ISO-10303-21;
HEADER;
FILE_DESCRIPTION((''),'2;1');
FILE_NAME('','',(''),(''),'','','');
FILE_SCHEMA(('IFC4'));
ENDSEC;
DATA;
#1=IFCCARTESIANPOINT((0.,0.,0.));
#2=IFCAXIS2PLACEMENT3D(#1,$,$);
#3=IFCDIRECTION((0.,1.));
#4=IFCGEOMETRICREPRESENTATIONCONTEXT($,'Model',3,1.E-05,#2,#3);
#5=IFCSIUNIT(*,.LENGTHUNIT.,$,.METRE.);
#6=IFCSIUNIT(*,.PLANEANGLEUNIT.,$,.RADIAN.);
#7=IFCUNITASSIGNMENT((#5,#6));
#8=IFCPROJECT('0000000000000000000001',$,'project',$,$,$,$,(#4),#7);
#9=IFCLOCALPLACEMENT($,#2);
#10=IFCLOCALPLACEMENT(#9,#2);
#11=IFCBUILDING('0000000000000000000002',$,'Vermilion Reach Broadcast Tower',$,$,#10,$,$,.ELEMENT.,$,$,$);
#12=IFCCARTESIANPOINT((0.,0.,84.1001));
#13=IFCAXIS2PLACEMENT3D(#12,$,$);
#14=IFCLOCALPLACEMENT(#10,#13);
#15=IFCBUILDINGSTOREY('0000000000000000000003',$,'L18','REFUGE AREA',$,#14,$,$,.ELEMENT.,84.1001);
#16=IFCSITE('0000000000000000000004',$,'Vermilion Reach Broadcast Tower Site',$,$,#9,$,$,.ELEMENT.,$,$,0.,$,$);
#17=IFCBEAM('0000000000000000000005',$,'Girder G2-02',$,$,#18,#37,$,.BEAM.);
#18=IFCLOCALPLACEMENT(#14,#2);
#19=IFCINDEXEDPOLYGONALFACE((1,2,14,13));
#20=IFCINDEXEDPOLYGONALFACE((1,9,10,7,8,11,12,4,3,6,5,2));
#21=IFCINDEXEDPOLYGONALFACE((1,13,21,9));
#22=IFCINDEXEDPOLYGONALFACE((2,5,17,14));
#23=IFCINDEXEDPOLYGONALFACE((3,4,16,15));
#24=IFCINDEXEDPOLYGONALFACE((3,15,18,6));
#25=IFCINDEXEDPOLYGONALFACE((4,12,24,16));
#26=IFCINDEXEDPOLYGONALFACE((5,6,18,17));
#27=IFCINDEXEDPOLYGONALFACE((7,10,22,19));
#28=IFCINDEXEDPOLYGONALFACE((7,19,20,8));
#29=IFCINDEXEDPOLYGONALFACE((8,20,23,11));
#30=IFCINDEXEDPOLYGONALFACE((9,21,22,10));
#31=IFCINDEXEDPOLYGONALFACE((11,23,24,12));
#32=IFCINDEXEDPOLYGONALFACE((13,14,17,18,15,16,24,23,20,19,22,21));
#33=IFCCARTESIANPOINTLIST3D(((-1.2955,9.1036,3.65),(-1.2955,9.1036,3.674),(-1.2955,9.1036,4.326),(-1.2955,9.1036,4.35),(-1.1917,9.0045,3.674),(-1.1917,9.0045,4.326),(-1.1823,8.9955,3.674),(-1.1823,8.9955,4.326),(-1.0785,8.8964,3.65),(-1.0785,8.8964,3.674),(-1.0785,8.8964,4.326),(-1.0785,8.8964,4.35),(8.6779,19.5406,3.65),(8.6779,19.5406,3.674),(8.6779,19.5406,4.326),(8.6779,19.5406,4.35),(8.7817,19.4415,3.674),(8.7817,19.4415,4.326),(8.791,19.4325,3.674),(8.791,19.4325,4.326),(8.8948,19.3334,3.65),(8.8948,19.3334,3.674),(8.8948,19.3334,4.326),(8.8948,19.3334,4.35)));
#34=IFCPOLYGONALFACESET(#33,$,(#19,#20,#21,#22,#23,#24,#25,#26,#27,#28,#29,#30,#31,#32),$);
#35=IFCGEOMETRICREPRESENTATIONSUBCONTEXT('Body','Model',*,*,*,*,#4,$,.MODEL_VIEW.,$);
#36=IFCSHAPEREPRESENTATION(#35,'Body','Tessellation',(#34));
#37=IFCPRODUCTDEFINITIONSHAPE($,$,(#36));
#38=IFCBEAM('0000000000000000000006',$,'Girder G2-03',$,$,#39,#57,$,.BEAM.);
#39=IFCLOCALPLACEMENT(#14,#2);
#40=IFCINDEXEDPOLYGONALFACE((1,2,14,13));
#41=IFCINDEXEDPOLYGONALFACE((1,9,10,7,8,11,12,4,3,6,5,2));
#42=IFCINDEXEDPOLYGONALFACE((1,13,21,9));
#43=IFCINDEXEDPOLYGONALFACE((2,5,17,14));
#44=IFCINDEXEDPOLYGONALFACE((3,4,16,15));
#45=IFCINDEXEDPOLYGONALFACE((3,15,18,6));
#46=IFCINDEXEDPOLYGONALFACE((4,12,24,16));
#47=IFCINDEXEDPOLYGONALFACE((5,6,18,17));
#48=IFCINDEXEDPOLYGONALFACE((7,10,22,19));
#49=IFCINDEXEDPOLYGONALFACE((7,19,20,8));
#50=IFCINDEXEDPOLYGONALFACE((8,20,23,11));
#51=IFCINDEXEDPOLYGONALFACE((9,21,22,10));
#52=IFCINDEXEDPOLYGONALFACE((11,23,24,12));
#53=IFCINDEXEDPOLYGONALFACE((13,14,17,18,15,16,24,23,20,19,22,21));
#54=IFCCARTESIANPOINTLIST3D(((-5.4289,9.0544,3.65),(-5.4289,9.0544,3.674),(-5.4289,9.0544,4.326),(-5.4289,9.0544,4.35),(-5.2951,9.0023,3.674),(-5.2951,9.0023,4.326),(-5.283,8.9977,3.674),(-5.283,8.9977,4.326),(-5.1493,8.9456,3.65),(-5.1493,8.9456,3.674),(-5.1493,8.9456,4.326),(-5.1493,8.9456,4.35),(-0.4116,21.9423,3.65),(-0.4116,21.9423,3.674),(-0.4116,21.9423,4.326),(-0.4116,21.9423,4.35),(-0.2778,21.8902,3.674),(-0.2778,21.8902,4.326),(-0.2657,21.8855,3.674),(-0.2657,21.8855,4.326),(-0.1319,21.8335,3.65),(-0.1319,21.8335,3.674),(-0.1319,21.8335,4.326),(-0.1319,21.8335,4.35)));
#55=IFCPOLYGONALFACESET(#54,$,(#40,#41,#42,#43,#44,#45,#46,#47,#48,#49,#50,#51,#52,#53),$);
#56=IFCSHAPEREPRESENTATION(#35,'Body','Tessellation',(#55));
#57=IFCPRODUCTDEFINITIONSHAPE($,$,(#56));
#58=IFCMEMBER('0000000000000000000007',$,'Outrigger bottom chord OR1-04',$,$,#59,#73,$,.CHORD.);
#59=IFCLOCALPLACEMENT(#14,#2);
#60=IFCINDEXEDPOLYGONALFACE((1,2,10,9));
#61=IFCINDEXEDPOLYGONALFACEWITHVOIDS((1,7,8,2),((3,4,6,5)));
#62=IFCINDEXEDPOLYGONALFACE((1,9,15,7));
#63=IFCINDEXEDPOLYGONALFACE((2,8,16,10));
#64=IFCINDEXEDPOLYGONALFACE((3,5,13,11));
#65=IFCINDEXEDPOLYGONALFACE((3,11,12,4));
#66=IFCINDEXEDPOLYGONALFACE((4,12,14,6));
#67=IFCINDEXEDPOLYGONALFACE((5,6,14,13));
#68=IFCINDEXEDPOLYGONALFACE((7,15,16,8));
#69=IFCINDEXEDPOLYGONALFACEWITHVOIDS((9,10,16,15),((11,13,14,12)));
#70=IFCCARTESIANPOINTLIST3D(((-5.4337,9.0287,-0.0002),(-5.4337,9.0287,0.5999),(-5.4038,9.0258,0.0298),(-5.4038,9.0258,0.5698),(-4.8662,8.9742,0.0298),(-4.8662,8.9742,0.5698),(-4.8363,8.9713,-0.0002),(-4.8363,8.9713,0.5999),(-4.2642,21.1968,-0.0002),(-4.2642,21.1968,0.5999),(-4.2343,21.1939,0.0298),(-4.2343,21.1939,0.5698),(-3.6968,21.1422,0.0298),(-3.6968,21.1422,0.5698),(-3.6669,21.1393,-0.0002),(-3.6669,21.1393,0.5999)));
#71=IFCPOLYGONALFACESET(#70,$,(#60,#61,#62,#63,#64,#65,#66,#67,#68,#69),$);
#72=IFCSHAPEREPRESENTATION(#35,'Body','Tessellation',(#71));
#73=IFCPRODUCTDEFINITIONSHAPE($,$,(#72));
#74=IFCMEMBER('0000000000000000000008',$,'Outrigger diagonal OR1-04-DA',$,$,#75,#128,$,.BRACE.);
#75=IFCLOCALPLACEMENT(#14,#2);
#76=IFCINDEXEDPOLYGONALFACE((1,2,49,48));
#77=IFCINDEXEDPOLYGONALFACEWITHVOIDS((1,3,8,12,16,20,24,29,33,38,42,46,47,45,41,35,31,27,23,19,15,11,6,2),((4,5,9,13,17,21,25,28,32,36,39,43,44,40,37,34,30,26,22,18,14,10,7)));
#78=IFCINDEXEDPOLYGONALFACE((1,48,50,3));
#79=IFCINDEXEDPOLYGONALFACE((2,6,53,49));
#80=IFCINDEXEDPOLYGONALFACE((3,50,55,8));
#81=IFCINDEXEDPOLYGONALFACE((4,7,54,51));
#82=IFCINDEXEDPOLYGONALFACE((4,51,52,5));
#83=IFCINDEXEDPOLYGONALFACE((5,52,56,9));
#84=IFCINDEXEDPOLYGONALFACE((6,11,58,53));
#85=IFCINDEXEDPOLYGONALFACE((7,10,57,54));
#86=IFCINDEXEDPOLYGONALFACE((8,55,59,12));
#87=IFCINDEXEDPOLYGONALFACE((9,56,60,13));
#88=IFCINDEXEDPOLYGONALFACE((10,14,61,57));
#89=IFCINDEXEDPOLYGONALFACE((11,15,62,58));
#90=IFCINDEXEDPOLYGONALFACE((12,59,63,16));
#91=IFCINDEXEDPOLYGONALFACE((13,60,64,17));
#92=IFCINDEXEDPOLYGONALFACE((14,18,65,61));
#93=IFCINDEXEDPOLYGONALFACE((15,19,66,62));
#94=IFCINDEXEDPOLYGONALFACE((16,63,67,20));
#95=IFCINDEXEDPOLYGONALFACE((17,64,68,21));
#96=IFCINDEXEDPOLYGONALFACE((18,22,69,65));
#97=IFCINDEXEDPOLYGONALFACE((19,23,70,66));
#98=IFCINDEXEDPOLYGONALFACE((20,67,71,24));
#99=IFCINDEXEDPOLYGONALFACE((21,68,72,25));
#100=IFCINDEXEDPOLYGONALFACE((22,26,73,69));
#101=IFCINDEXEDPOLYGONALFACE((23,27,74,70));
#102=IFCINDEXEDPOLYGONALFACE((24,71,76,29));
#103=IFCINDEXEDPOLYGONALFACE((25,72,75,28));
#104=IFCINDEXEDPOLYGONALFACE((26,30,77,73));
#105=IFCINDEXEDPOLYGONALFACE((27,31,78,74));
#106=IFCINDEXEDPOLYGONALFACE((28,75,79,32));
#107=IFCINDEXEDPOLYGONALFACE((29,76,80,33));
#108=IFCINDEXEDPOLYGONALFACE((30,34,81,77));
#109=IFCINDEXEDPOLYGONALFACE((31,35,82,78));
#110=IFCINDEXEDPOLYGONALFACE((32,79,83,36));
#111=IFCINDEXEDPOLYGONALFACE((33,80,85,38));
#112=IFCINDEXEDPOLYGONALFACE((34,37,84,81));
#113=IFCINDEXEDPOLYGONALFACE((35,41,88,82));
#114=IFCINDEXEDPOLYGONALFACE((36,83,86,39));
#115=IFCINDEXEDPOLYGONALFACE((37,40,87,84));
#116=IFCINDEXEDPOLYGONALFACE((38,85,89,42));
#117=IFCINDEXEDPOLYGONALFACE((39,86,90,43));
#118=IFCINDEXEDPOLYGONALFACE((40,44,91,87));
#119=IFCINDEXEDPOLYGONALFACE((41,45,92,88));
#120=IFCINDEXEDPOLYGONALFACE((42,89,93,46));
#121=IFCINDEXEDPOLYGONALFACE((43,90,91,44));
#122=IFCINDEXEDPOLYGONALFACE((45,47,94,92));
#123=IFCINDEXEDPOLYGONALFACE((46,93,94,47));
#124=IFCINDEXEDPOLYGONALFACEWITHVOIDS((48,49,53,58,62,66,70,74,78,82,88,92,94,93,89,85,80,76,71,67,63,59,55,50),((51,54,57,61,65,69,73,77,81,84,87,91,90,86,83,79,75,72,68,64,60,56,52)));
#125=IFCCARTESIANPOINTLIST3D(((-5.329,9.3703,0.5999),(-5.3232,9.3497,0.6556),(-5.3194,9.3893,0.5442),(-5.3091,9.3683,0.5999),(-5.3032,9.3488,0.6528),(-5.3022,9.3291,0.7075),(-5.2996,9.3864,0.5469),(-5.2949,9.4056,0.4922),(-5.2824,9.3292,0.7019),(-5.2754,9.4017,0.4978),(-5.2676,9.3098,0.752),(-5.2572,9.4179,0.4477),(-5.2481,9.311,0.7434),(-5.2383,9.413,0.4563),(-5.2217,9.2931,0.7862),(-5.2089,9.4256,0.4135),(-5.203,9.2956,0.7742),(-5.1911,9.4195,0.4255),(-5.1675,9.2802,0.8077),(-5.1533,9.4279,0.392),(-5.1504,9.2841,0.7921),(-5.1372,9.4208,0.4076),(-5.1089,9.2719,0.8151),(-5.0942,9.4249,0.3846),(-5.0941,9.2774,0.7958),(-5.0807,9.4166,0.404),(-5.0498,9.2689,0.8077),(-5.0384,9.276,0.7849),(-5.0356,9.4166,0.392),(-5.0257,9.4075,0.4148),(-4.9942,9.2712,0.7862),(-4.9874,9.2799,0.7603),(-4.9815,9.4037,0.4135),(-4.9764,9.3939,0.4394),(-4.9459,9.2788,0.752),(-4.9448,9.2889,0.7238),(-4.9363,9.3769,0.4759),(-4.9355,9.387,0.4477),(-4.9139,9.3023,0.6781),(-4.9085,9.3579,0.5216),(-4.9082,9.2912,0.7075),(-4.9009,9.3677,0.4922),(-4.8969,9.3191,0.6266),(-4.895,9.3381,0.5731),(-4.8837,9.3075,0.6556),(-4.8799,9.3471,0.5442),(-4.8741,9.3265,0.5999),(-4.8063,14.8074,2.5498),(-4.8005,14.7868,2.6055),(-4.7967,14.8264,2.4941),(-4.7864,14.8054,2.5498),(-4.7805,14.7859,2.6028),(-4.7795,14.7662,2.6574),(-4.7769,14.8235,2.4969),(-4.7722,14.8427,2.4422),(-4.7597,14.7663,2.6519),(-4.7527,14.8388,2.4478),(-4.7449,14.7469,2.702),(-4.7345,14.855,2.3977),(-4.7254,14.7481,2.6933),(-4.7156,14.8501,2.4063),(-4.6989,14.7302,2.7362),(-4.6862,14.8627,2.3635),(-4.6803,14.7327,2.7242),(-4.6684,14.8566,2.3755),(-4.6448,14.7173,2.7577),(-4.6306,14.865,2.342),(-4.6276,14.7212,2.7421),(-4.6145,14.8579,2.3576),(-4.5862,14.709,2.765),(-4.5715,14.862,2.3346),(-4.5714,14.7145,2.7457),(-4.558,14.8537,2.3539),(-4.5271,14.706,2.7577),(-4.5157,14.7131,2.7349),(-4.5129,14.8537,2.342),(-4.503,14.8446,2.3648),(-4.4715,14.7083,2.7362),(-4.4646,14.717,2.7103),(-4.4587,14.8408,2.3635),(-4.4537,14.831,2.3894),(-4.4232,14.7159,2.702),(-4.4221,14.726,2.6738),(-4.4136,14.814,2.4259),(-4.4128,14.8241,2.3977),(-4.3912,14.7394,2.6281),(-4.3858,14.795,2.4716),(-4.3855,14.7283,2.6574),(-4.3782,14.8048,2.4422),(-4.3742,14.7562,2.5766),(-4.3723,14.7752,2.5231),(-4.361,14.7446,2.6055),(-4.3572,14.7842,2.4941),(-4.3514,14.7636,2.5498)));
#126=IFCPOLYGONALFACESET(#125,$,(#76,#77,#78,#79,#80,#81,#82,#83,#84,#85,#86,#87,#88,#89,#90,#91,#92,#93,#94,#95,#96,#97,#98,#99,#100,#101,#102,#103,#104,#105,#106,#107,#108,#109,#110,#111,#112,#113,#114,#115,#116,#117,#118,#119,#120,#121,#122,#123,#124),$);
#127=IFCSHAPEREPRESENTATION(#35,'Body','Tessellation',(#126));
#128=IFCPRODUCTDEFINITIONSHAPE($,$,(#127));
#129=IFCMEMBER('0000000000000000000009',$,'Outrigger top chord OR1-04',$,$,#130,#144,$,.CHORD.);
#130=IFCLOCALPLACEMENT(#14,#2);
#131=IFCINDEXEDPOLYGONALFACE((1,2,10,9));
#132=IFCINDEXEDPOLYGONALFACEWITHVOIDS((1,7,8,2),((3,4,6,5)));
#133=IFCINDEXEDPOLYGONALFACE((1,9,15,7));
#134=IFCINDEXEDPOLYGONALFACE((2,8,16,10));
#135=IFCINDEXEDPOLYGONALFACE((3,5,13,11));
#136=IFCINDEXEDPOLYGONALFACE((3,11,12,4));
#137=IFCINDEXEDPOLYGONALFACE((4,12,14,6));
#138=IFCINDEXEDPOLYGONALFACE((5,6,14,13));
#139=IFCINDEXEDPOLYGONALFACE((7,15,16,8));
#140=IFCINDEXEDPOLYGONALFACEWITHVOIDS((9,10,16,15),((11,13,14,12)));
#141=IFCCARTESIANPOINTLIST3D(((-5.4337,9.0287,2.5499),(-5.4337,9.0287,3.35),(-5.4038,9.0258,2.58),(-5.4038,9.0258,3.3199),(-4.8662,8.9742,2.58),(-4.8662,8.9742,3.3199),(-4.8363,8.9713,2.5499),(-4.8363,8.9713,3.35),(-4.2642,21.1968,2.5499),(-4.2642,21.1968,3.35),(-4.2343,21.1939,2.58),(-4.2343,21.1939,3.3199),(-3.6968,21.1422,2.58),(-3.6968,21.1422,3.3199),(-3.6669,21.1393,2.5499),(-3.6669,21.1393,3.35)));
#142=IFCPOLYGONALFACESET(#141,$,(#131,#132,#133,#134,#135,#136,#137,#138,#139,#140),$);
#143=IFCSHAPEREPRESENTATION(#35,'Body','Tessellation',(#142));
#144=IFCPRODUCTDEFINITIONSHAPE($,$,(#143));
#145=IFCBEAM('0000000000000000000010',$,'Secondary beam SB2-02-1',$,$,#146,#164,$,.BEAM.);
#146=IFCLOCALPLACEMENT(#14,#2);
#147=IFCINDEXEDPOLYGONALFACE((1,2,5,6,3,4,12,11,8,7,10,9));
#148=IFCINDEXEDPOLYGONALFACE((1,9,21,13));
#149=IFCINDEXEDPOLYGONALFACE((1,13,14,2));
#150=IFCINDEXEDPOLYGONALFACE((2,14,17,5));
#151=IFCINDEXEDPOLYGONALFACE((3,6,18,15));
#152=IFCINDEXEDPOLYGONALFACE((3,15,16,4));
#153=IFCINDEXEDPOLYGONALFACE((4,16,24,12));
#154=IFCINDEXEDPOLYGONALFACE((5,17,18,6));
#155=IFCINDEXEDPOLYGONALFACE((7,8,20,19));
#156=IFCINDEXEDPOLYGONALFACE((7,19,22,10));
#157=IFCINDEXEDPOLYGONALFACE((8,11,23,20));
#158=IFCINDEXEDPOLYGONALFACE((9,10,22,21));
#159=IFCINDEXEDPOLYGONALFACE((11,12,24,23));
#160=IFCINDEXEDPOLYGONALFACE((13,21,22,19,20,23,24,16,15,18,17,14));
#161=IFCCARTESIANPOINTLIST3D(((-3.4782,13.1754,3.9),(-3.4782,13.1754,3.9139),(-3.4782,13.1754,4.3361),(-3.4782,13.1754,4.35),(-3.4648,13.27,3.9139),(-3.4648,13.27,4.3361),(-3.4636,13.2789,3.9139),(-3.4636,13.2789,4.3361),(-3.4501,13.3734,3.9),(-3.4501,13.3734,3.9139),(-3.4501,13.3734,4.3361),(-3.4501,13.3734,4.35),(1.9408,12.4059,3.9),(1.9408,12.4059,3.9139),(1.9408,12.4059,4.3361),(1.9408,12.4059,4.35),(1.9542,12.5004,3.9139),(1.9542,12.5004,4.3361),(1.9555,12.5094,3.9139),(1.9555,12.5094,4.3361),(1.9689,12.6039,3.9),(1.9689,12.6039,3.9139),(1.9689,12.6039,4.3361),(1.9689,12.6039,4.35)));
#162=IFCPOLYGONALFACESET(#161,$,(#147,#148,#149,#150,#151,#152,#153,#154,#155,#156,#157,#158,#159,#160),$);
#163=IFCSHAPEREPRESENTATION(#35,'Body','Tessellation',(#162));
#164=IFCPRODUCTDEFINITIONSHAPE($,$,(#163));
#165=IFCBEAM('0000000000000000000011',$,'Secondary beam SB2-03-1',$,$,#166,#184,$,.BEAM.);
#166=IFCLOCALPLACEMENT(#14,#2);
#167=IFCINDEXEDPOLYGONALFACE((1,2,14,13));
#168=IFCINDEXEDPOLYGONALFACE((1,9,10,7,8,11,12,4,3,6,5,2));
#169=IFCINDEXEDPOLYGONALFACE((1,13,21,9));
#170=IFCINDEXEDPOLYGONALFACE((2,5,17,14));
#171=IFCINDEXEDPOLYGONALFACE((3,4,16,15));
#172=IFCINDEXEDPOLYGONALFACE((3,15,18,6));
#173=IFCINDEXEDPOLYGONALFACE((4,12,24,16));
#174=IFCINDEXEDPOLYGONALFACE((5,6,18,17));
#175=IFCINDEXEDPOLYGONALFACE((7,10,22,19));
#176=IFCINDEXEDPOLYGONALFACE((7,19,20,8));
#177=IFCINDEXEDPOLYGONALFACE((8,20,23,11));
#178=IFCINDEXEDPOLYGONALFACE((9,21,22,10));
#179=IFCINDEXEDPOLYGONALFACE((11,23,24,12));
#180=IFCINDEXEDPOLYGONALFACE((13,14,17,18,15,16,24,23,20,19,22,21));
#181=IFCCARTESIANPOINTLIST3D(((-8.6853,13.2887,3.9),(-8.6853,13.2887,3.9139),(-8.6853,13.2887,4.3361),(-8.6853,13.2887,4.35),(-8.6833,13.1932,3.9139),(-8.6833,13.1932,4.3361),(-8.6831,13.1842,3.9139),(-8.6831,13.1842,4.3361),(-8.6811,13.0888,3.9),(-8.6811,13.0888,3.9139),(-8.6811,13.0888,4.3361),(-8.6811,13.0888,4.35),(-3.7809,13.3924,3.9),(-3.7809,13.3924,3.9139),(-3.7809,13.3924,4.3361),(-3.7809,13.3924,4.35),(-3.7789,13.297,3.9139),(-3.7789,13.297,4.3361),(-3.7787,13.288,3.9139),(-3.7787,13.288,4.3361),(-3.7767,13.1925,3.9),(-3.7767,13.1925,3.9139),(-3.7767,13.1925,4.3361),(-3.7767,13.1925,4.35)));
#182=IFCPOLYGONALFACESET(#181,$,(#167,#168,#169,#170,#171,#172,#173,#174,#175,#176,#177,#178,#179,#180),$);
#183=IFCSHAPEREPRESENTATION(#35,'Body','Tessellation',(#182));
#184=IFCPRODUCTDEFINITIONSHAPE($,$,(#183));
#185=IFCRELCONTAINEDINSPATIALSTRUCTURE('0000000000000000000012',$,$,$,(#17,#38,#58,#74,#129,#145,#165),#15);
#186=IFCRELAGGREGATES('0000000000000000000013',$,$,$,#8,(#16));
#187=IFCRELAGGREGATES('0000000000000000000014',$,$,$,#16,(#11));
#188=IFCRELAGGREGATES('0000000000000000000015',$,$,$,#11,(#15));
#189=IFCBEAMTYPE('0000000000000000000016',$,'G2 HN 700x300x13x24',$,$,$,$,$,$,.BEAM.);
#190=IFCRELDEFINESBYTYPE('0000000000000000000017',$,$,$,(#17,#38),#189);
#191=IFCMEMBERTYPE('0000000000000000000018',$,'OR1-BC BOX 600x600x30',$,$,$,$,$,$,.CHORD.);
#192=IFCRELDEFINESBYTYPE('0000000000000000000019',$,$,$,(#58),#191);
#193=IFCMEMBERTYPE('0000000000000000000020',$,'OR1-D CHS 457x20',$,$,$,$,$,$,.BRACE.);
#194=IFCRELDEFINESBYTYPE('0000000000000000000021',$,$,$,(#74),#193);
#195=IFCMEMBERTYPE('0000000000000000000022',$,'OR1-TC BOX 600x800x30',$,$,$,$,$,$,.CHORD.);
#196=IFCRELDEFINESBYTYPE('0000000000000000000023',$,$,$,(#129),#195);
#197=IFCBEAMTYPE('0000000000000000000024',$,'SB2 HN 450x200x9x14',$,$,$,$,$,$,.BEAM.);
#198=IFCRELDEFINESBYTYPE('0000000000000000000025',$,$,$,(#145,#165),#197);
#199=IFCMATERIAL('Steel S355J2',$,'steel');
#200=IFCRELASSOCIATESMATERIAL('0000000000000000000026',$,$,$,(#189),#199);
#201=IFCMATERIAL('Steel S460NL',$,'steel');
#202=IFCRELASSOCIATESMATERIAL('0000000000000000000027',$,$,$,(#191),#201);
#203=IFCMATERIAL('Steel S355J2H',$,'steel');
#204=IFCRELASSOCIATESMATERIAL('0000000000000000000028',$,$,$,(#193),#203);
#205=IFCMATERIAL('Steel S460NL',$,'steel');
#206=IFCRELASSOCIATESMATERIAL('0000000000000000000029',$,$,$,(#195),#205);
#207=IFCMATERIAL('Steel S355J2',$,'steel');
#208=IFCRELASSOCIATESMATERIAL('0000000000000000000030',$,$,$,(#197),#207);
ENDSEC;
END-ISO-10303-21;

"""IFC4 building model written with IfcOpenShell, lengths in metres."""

from ifc_helpers import new_model, si_unit, direction, frame, origin, origin_2d, place, context, subcontext, project, spatial, hollow_rectangle, hollow_circle, i_section, extrude, material, material_profile, profile_set, type_object, element, save


model = new_model("IFC4")

# Units and contexts
model_context = context("Model", 3, precision=1e-05, world=origin(), true_north=direction((0.0, 1.0)))
body_context = subcontext(model_context, "Body", "Model", "MODEL_VIEW")
ifc_project = project(units=[si_unit("LENGTHUNIT", "METRE"), si_unit("PLANEANGLEUNIT", "RADIAN")], contexts=[model_context])

# Site, building, storey
site_placement = place(None, origin())
site = spatial("IfcSite", under=ifc_project, at=site_placement, Name="Vermilion Reach Broadcast Tower Site", CompositionType="ELEMENT", RefElevation=0.0)
building_placement = place(site_placement, origin())
building = spatial("IfcBuilding", under=site, at=building_placement, Name="Vermilion Reach Broadcast Tower", CompositionType="ELEMENT")
storey_placement = place(building_placement, frame((0.0, 0.0, 84.1001)))
storey = spatial("IfcBuildingStorey", under=building, at=storey_placement, Name="L18", Description="REFUGE AREA", CompositionType="ELEMENT", Elevation=84.1001)

# Beams
ifc_material_1 = material(Name="Steel S355J2", Category="steel")
ifc_material_profile_1 = material_profile(ifc_material_1, i_section(OverallWidth=0.3, OverallDepth=0.7, WebThickness=0.0129, FlangeThickness=0.0239, at=origin_2d()), Name="S355J2 HN 700x300x13x24")
ifc_profile_set_1 = profile_set([ifc_material_profile_1], Name="Steel S355J2")
beam_type_1 = type_object("IfcBeamType", Name="G2 HN 700x300x13x24", PredefinedType="BEAM", material=ifc_profile_set_1)
beam_1_placement = place(storey_placement, frame((-1.187, 9.0, 4.0), z_axis=(0.690867, 0.722982, 0.0), x_axis=(-0.722982, 0.690867, 0.0)))
element("IfcBeam", 1, at=beam_1_placement, inside=storey, type_object=beam_type_1, Name="Girder G2-02", PredefinedType="BEAM", context=body_context, shape_type="SweptSolid", body=[
    extrude(i_section(OverallWidth=0.3, OverallDepth=0.7, WebThickness=0.0129, FlangeThickness=0.0239, at=origin_2d()), origin(), (0.0, 0.0, 1.0), 14.436),
])
beam_2_placement = place(storey_placement, frame((-5.2891, 9.0, 4.0), z_axis=(0.362783, 0.931874, 0.0), x_axis=(-0.931874, 0.362783, 0.0)))
element("IfcBeam", 2, at=beam_2_placement, inside=storey, type_object=beam_type_1, Name="Girder G2-03", PredefinedType="BEAM", context=body_context, shape_type="SweptSolid", body=[
    extrude(i_section(OverallWidth=0.3, OverallDepth=0.7, WebThickness=0.0129, FlangeThickness=0.0239, at=origin_2d()), origin(), (0.0, 0.0, 1.0), 13.8301),
])

# Members
ifc_material_2 = material(Name="Steel S460NL", Category="steel")
ifc_material_profile_2 = material_profile(ifc_material_2, hollow_rectangle(XDim=0.6001, YDim=0.6001, WallThickness=0.03, at=origin_2d()), Name="S460NL BOX 600x600x30")
ifc_profile_set_2 = profile_set([ifc_material_profile_2], Name="Steel S460NL")
member_type_1 = type_object("IfcMemberType", Name="OR1-BC BOX 600x600x30", PredefinedType="CHORD", material=ifc_profile_set_2)
member_1_placement = place(storey_placement, frame((-5.135, 9.0, 0.2998), z_axis=(0.095667, 0.995413, 0.0), x_axis=(-0.995413, 0.095667, 0.0)))
element("IfcMember", 3, at=member_1_placement, inside=storey, type_object=member_type_1, Name="Outrigger bottom chord OR1-04", PredefinedType="CHORD", context=body_context, shape_type="SweptSolid", body=[
    extrude(hollow_rectangle(XDim=0.6001, YDim=0.6001, WallThickness=0.03, at=origin_2d()), origin(), (0.0, 0.0, 1.0), 12.2241),
])
ifc_material_3 = material(Name="Steel S355J2H", Category="steel")
ifc_material_profile_3 = material_profile(ifc_material_3, hollow_circle(Radius=0.2285, WallThickness=0.02, at=origin_2d()), Name="S355J2H CHS 457x20")
ifc_profile_set_3 = profile_set([ifc_material_profile_3], Name="Steel S355J2H")
member_type_2 = type_object("IfcMemberType", Name="OR1-D CHS 457x20", PredefinedType="BRACE", material=ifc_profile_set_3)
member_2_placement = place(storey_placement, frame((-5.1016, 9.3484, 0.5999), z_axis=(0.090126, 0.937463, 0.336215), x_axis=(-0.995411, 0.095697, 0.0)))
element("IfcMember", 4, at=member_2_placement, inside=storey, type_object=member_type_2, Name="Outrigger diagonal OR1-04-DA", PredefinedType="BRACE", context=body_context, shape_type="SweptSolid", body=[
    extrude(hollow_circle(Radius=0.2285, WallThickness=0.02, at=origin_2d()), origin(), (0.0, 0.0, 1.0), 5.7998),
])
ifc_material_4 = material(Name="Steel S460NL", Category="steel")
ifc_material_profile_4 = material_profile(ifc_material_4, hollow_rectangle(XDim=0.6001, YDim=0.8, WallThickness=0.03, at=origin_2d()), Name="S460NL BOX 600x800x30")
ifc_profile_set_4 = profile_set([ifc_material_profile_4], Name="Steel S460NL")
member_type_3 = type_object("IfcMemberType", Name="OR1-TC BOX 600x800x30", PredefinedType="CHORD", material=ifc_profile_set_4)
member_3_placement = place(storey_placement, frame((-5.135, 9.0, 2.95), z_axis=(0.095667, 0.995413, 0.0), x_axis=(-0.995413, 0.095667, 0.0)))
element("IfcMember", 5, at=member_3_placement, inside=storey, type_object=member_type_3, Name="Outrigger top chord OR1-04", PredefinedType="CHORD", context=body_context, shape_type="SweptSolid", body=[
    extrude(hollow_rectangle(XDim=0.6001, YDim=0.8, WallThickness=0.03, at=origin_2d()), origin(), (0.0, 0.0, 1.0), 12.2241),
])

# Beams
ifc_material_5 = material(Name="Steel S355J2", Category="steel")
ifc_material_profile_5 = material_profile(ifc_material_5, i_section(OverallWidth=0.2, OverallDepth=0.45, WebThickness=0.009, FlangeThickness=0.0139, at=origin_2d()), Name="S355J2 HN 450x200x9x14")
ifc_profile_set_5 = profile_set([ifc_material_profile_5], Name="Steel S355J2")
beam_type_2 = type_object("IfcBeamType", Name="SB2 HN 450x200x9x14", PredefinedType="BEAM", material=ifc_profile_set_5)
beam_3_placement = place(storey_placement, frame((1.9548, 12.5049, 4.125), z_axis=(-0.990067, 0.140597, 0.0), x_axis=(-0.140597, -0.990067, 0.0)))
element("IfcBeam", 6, at=beam_3_placement, inside=storey, type_object=beam_type_2, Name="Secondary beam SB2-02-1", PredefinedType="BEAM", context=body_context, shape_type="SweptSolid", body=[
    extrude(i_section(OverallWidth=0.2, OverallDepth=0.45, WebThickness=0.009, FlangeThickness=0.0139, at=origin_2d()), origin(), (0.0, 0.0, 1.0), 5.4734),
])
beam_4_placement = place(storey_placement, frame((-3.7788, 13.2925, 4.125), z_axis=(-0.999776, -0.021151, 0.0), x_axis=(0.021151, -0.999776, 0.0)))
element("IfcBeam", 7, at=beam_4_placement, inside=storey, type_object=beam_type_2, Name="Secondary beam SB2-03-1", PredefinedType="BEAM", context=body_context, shape_type="SweptSolid", body=[
    extrude(i_section(OverallWidth=0.2, OverallDepth=0.45, WebThickness=0.009, FlangeThickness=0.0139, at=origin_2d()), origin(), (0.0, 0.0, 1.0), 4.9055),
])

save(model, "model.ifc")
